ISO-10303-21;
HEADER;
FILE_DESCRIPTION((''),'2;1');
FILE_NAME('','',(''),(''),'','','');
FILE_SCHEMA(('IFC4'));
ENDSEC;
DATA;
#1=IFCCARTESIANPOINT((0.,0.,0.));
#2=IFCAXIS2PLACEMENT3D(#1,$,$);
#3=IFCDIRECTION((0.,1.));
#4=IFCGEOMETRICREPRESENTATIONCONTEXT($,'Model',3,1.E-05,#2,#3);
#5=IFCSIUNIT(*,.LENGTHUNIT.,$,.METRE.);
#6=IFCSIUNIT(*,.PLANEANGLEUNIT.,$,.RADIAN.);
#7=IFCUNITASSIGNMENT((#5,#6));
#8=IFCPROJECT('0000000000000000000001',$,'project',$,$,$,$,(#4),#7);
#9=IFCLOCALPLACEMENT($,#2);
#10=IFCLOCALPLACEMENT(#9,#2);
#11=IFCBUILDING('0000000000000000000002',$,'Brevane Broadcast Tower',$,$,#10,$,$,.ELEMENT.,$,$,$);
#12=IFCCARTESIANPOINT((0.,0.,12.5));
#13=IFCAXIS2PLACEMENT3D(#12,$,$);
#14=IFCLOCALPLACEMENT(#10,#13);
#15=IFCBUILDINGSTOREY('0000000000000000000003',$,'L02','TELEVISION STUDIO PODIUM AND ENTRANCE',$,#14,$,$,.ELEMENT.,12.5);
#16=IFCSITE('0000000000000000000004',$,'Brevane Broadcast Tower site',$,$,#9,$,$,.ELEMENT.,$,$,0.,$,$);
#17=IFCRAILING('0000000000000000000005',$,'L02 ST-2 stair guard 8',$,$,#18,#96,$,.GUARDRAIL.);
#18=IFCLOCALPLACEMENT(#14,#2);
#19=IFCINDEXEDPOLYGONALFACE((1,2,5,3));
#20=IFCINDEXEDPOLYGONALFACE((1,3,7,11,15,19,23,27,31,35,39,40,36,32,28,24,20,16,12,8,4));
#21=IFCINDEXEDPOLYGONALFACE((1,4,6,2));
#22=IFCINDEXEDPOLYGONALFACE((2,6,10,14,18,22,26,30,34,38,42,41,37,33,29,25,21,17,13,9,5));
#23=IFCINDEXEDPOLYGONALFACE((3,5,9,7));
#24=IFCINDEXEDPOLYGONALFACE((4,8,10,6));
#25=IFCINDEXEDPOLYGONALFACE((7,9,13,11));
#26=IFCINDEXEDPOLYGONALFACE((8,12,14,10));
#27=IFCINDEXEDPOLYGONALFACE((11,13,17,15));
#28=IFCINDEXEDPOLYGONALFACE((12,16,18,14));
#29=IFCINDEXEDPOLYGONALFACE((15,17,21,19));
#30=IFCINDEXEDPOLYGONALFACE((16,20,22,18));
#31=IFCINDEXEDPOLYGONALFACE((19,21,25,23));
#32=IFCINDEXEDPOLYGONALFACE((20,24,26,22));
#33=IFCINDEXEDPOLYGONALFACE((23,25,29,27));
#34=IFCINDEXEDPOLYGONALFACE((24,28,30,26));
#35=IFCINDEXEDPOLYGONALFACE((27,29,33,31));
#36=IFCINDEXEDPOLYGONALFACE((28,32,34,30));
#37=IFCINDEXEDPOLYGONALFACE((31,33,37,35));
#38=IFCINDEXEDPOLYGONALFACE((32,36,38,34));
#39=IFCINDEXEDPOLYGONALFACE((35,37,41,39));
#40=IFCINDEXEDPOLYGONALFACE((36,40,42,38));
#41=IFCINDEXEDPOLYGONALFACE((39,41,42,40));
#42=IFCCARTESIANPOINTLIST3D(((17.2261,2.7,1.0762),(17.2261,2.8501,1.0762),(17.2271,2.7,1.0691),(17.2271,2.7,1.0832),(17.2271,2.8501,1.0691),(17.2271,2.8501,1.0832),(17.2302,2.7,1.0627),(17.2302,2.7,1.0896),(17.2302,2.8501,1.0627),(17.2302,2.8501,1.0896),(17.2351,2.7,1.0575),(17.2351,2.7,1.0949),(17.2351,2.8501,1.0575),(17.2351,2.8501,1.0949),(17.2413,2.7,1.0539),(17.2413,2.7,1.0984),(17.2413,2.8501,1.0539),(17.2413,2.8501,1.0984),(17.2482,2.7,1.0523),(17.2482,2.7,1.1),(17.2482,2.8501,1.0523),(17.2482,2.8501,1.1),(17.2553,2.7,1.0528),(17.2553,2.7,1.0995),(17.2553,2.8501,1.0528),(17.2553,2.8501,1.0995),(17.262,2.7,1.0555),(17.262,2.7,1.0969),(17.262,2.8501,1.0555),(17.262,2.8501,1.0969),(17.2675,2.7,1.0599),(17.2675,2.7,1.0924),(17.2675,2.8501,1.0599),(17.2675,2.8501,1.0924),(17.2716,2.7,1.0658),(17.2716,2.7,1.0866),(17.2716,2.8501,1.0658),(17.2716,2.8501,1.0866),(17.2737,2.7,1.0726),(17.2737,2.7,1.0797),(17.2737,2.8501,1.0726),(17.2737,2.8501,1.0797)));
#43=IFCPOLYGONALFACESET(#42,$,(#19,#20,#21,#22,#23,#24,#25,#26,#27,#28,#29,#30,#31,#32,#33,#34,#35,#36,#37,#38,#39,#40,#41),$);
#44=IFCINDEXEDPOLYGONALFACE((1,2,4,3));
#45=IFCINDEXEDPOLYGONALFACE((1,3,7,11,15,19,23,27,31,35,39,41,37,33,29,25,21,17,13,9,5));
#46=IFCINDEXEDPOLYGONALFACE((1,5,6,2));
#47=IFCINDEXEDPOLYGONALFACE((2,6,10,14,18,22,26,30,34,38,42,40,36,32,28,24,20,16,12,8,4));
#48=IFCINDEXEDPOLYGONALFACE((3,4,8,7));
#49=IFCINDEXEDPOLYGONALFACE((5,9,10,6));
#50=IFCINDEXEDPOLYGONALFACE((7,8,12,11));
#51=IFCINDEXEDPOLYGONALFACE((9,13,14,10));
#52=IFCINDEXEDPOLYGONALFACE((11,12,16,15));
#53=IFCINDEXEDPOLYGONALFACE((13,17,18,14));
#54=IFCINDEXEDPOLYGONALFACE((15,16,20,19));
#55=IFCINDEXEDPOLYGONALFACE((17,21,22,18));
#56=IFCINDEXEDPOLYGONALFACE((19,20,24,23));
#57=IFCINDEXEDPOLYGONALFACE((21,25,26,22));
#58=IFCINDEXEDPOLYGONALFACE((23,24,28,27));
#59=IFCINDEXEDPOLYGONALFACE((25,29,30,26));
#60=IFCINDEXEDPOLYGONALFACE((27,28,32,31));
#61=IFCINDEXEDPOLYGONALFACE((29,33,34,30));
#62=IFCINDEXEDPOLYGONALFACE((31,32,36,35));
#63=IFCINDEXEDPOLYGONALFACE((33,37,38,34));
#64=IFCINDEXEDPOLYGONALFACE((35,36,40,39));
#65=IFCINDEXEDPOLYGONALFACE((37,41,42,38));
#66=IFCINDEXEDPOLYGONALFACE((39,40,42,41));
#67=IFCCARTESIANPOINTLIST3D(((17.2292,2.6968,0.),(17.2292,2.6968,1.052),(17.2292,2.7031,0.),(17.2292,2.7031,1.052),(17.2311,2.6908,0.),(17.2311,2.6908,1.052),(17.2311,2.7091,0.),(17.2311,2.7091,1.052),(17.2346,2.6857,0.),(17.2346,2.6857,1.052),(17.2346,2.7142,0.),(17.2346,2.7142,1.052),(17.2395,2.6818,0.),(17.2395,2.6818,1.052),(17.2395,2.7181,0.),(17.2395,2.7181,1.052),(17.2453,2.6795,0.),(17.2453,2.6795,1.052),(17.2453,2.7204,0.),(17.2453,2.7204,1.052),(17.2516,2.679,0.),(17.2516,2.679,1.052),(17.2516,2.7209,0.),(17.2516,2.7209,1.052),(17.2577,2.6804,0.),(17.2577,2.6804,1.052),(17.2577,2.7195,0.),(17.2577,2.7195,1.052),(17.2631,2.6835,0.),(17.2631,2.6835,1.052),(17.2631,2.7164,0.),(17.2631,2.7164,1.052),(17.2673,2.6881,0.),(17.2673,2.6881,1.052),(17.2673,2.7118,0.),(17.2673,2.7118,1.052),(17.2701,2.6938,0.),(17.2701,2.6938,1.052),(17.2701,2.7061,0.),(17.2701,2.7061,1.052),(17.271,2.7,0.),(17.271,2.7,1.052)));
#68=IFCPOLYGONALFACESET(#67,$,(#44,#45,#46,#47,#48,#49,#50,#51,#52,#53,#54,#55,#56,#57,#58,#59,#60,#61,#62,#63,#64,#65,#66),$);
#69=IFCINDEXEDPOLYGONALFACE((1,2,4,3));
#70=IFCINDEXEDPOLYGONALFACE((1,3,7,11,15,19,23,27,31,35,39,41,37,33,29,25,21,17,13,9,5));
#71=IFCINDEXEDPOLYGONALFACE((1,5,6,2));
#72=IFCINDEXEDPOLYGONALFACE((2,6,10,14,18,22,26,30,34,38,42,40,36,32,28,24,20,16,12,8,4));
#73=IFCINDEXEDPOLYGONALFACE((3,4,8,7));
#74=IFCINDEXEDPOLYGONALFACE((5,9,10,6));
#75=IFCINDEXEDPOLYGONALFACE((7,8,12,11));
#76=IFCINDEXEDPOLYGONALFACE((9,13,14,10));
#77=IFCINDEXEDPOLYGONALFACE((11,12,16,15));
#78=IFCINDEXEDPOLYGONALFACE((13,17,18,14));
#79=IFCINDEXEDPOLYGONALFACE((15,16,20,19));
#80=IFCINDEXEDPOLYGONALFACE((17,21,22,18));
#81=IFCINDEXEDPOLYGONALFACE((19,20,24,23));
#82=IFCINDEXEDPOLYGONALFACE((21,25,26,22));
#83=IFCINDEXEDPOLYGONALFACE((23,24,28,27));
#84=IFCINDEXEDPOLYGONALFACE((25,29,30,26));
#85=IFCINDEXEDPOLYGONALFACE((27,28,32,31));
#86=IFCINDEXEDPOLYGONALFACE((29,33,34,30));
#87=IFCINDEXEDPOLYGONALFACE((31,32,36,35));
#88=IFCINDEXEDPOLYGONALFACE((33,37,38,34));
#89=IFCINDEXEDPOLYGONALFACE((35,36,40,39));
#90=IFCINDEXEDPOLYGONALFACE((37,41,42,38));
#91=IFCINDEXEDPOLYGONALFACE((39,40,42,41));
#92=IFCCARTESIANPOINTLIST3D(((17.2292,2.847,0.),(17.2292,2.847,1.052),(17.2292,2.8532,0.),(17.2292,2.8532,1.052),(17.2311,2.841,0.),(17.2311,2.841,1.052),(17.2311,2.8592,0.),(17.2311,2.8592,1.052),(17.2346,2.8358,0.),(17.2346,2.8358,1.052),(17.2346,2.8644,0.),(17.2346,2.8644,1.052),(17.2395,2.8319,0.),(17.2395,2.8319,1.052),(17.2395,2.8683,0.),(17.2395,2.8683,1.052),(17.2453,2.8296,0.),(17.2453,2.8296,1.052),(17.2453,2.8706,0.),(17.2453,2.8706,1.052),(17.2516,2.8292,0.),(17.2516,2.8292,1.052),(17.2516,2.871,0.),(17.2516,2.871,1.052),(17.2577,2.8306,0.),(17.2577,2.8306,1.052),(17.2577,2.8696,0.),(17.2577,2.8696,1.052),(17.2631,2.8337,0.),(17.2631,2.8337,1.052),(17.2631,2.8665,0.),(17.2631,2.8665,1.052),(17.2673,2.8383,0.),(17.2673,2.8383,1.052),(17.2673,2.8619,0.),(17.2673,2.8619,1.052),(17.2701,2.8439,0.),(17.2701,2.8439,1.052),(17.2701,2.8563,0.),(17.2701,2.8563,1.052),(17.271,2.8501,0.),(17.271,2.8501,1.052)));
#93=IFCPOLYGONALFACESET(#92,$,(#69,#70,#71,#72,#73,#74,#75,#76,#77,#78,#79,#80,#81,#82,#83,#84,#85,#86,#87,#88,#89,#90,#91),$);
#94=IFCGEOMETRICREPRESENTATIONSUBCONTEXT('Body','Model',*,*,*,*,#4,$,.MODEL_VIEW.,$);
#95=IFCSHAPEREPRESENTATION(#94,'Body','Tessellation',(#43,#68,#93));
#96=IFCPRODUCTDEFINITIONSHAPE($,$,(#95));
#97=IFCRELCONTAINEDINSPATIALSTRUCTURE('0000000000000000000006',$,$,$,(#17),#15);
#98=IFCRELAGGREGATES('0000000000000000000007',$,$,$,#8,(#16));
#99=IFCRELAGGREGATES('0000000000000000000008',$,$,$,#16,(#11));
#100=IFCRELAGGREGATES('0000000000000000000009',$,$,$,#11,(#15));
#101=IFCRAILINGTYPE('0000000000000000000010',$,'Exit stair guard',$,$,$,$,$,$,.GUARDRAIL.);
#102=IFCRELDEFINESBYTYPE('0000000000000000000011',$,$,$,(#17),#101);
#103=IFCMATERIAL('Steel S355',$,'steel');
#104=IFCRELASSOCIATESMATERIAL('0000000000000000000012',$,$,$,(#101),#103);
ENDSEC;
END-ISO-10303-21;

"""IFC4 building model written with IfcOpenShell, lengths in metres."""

from ifc_helpers import new_model, si_unit, direction, frame, origin, origin_2d, place, context, subcontext, project, spatial, circle, extrude, material, type_object, element, save


model = new_model("IFC4")

# Units and contexts
model_context = context("Model", 3, precision=1e-05, world=origin(), true_north=direction((0.0, 1.0)))
body_context = subcontext(model_context, "Body", "Model", "MODEL_VIEW")
ifc_project = project(units=[si_unit("LENGTHUNIT", "METRE"), si_unit("PLANEANGLEUNIT", "RADIAN")], contexts=[model_context])

# Site, building, storey
site_placement = place(None, origin())
site = spatial("IfcSite", under=ifc_project, at=site_placement, Name="Brevane Broadcast Tower site", CompositionType="ELEMENT", RefElevation=0.0)
building_placement = place(site_placement, origin())
building = spatial("IfcBuilding", under=site, at=building_placement, Name="Brevane Broadcast Tower", CompositionType="ELEMENT")
storey_placement = place(building_placement, frame((0.0, 0.0, 12.5)))
storey = spatial("IfcBuildingStorey", under=building, at=storey_placement, Name="L02", Description="TELEVISION STUDIO PODIUM AND ENTRANCE", CompositionType="ELEMENT", Elevation=12.5)

# Railing
ifc_material_1 = material(Name="Steel S355", Category="steel")
railing_type_1 = type_object("IfcRailingType", Name="Exit stair guard", PredefinedType="GUARDRAIL", material=ifc_material_1)
railing_1_placement = place(storey_placement, frame((17.25, 2.7, 0.0)))
element("IfcRailing", 1, at=railing_1_placement, inside=storey, type_object=railing_type_1, Name="L02 ST-2 stair guard 8", PredefinedType="GUARDRAIL", context=body_context, shape_type="SweptSolid", body=[
    extrude(circle(Radius=0.0239, at=origin_2d()), frame((0.0, 0.0, 1.0762), z_axis=(0.0, 1.0, 0.0), x_axis=(-1.0, 0.0, 0.0)), (0.0, 0.0, 1.0), 0.1501),
    extrude(circle(Radius=0.021, at=origin_2d()), origin(), (0.0, 0.0, 1.0), 1.052),
    extrude(circle(Radius=0.021, at=origin_2d()), frame((0.0, 0.1501, 0.0)), (0.0, 0.0, 1.0), 1.052),
])

save(model, "model.ifc")
